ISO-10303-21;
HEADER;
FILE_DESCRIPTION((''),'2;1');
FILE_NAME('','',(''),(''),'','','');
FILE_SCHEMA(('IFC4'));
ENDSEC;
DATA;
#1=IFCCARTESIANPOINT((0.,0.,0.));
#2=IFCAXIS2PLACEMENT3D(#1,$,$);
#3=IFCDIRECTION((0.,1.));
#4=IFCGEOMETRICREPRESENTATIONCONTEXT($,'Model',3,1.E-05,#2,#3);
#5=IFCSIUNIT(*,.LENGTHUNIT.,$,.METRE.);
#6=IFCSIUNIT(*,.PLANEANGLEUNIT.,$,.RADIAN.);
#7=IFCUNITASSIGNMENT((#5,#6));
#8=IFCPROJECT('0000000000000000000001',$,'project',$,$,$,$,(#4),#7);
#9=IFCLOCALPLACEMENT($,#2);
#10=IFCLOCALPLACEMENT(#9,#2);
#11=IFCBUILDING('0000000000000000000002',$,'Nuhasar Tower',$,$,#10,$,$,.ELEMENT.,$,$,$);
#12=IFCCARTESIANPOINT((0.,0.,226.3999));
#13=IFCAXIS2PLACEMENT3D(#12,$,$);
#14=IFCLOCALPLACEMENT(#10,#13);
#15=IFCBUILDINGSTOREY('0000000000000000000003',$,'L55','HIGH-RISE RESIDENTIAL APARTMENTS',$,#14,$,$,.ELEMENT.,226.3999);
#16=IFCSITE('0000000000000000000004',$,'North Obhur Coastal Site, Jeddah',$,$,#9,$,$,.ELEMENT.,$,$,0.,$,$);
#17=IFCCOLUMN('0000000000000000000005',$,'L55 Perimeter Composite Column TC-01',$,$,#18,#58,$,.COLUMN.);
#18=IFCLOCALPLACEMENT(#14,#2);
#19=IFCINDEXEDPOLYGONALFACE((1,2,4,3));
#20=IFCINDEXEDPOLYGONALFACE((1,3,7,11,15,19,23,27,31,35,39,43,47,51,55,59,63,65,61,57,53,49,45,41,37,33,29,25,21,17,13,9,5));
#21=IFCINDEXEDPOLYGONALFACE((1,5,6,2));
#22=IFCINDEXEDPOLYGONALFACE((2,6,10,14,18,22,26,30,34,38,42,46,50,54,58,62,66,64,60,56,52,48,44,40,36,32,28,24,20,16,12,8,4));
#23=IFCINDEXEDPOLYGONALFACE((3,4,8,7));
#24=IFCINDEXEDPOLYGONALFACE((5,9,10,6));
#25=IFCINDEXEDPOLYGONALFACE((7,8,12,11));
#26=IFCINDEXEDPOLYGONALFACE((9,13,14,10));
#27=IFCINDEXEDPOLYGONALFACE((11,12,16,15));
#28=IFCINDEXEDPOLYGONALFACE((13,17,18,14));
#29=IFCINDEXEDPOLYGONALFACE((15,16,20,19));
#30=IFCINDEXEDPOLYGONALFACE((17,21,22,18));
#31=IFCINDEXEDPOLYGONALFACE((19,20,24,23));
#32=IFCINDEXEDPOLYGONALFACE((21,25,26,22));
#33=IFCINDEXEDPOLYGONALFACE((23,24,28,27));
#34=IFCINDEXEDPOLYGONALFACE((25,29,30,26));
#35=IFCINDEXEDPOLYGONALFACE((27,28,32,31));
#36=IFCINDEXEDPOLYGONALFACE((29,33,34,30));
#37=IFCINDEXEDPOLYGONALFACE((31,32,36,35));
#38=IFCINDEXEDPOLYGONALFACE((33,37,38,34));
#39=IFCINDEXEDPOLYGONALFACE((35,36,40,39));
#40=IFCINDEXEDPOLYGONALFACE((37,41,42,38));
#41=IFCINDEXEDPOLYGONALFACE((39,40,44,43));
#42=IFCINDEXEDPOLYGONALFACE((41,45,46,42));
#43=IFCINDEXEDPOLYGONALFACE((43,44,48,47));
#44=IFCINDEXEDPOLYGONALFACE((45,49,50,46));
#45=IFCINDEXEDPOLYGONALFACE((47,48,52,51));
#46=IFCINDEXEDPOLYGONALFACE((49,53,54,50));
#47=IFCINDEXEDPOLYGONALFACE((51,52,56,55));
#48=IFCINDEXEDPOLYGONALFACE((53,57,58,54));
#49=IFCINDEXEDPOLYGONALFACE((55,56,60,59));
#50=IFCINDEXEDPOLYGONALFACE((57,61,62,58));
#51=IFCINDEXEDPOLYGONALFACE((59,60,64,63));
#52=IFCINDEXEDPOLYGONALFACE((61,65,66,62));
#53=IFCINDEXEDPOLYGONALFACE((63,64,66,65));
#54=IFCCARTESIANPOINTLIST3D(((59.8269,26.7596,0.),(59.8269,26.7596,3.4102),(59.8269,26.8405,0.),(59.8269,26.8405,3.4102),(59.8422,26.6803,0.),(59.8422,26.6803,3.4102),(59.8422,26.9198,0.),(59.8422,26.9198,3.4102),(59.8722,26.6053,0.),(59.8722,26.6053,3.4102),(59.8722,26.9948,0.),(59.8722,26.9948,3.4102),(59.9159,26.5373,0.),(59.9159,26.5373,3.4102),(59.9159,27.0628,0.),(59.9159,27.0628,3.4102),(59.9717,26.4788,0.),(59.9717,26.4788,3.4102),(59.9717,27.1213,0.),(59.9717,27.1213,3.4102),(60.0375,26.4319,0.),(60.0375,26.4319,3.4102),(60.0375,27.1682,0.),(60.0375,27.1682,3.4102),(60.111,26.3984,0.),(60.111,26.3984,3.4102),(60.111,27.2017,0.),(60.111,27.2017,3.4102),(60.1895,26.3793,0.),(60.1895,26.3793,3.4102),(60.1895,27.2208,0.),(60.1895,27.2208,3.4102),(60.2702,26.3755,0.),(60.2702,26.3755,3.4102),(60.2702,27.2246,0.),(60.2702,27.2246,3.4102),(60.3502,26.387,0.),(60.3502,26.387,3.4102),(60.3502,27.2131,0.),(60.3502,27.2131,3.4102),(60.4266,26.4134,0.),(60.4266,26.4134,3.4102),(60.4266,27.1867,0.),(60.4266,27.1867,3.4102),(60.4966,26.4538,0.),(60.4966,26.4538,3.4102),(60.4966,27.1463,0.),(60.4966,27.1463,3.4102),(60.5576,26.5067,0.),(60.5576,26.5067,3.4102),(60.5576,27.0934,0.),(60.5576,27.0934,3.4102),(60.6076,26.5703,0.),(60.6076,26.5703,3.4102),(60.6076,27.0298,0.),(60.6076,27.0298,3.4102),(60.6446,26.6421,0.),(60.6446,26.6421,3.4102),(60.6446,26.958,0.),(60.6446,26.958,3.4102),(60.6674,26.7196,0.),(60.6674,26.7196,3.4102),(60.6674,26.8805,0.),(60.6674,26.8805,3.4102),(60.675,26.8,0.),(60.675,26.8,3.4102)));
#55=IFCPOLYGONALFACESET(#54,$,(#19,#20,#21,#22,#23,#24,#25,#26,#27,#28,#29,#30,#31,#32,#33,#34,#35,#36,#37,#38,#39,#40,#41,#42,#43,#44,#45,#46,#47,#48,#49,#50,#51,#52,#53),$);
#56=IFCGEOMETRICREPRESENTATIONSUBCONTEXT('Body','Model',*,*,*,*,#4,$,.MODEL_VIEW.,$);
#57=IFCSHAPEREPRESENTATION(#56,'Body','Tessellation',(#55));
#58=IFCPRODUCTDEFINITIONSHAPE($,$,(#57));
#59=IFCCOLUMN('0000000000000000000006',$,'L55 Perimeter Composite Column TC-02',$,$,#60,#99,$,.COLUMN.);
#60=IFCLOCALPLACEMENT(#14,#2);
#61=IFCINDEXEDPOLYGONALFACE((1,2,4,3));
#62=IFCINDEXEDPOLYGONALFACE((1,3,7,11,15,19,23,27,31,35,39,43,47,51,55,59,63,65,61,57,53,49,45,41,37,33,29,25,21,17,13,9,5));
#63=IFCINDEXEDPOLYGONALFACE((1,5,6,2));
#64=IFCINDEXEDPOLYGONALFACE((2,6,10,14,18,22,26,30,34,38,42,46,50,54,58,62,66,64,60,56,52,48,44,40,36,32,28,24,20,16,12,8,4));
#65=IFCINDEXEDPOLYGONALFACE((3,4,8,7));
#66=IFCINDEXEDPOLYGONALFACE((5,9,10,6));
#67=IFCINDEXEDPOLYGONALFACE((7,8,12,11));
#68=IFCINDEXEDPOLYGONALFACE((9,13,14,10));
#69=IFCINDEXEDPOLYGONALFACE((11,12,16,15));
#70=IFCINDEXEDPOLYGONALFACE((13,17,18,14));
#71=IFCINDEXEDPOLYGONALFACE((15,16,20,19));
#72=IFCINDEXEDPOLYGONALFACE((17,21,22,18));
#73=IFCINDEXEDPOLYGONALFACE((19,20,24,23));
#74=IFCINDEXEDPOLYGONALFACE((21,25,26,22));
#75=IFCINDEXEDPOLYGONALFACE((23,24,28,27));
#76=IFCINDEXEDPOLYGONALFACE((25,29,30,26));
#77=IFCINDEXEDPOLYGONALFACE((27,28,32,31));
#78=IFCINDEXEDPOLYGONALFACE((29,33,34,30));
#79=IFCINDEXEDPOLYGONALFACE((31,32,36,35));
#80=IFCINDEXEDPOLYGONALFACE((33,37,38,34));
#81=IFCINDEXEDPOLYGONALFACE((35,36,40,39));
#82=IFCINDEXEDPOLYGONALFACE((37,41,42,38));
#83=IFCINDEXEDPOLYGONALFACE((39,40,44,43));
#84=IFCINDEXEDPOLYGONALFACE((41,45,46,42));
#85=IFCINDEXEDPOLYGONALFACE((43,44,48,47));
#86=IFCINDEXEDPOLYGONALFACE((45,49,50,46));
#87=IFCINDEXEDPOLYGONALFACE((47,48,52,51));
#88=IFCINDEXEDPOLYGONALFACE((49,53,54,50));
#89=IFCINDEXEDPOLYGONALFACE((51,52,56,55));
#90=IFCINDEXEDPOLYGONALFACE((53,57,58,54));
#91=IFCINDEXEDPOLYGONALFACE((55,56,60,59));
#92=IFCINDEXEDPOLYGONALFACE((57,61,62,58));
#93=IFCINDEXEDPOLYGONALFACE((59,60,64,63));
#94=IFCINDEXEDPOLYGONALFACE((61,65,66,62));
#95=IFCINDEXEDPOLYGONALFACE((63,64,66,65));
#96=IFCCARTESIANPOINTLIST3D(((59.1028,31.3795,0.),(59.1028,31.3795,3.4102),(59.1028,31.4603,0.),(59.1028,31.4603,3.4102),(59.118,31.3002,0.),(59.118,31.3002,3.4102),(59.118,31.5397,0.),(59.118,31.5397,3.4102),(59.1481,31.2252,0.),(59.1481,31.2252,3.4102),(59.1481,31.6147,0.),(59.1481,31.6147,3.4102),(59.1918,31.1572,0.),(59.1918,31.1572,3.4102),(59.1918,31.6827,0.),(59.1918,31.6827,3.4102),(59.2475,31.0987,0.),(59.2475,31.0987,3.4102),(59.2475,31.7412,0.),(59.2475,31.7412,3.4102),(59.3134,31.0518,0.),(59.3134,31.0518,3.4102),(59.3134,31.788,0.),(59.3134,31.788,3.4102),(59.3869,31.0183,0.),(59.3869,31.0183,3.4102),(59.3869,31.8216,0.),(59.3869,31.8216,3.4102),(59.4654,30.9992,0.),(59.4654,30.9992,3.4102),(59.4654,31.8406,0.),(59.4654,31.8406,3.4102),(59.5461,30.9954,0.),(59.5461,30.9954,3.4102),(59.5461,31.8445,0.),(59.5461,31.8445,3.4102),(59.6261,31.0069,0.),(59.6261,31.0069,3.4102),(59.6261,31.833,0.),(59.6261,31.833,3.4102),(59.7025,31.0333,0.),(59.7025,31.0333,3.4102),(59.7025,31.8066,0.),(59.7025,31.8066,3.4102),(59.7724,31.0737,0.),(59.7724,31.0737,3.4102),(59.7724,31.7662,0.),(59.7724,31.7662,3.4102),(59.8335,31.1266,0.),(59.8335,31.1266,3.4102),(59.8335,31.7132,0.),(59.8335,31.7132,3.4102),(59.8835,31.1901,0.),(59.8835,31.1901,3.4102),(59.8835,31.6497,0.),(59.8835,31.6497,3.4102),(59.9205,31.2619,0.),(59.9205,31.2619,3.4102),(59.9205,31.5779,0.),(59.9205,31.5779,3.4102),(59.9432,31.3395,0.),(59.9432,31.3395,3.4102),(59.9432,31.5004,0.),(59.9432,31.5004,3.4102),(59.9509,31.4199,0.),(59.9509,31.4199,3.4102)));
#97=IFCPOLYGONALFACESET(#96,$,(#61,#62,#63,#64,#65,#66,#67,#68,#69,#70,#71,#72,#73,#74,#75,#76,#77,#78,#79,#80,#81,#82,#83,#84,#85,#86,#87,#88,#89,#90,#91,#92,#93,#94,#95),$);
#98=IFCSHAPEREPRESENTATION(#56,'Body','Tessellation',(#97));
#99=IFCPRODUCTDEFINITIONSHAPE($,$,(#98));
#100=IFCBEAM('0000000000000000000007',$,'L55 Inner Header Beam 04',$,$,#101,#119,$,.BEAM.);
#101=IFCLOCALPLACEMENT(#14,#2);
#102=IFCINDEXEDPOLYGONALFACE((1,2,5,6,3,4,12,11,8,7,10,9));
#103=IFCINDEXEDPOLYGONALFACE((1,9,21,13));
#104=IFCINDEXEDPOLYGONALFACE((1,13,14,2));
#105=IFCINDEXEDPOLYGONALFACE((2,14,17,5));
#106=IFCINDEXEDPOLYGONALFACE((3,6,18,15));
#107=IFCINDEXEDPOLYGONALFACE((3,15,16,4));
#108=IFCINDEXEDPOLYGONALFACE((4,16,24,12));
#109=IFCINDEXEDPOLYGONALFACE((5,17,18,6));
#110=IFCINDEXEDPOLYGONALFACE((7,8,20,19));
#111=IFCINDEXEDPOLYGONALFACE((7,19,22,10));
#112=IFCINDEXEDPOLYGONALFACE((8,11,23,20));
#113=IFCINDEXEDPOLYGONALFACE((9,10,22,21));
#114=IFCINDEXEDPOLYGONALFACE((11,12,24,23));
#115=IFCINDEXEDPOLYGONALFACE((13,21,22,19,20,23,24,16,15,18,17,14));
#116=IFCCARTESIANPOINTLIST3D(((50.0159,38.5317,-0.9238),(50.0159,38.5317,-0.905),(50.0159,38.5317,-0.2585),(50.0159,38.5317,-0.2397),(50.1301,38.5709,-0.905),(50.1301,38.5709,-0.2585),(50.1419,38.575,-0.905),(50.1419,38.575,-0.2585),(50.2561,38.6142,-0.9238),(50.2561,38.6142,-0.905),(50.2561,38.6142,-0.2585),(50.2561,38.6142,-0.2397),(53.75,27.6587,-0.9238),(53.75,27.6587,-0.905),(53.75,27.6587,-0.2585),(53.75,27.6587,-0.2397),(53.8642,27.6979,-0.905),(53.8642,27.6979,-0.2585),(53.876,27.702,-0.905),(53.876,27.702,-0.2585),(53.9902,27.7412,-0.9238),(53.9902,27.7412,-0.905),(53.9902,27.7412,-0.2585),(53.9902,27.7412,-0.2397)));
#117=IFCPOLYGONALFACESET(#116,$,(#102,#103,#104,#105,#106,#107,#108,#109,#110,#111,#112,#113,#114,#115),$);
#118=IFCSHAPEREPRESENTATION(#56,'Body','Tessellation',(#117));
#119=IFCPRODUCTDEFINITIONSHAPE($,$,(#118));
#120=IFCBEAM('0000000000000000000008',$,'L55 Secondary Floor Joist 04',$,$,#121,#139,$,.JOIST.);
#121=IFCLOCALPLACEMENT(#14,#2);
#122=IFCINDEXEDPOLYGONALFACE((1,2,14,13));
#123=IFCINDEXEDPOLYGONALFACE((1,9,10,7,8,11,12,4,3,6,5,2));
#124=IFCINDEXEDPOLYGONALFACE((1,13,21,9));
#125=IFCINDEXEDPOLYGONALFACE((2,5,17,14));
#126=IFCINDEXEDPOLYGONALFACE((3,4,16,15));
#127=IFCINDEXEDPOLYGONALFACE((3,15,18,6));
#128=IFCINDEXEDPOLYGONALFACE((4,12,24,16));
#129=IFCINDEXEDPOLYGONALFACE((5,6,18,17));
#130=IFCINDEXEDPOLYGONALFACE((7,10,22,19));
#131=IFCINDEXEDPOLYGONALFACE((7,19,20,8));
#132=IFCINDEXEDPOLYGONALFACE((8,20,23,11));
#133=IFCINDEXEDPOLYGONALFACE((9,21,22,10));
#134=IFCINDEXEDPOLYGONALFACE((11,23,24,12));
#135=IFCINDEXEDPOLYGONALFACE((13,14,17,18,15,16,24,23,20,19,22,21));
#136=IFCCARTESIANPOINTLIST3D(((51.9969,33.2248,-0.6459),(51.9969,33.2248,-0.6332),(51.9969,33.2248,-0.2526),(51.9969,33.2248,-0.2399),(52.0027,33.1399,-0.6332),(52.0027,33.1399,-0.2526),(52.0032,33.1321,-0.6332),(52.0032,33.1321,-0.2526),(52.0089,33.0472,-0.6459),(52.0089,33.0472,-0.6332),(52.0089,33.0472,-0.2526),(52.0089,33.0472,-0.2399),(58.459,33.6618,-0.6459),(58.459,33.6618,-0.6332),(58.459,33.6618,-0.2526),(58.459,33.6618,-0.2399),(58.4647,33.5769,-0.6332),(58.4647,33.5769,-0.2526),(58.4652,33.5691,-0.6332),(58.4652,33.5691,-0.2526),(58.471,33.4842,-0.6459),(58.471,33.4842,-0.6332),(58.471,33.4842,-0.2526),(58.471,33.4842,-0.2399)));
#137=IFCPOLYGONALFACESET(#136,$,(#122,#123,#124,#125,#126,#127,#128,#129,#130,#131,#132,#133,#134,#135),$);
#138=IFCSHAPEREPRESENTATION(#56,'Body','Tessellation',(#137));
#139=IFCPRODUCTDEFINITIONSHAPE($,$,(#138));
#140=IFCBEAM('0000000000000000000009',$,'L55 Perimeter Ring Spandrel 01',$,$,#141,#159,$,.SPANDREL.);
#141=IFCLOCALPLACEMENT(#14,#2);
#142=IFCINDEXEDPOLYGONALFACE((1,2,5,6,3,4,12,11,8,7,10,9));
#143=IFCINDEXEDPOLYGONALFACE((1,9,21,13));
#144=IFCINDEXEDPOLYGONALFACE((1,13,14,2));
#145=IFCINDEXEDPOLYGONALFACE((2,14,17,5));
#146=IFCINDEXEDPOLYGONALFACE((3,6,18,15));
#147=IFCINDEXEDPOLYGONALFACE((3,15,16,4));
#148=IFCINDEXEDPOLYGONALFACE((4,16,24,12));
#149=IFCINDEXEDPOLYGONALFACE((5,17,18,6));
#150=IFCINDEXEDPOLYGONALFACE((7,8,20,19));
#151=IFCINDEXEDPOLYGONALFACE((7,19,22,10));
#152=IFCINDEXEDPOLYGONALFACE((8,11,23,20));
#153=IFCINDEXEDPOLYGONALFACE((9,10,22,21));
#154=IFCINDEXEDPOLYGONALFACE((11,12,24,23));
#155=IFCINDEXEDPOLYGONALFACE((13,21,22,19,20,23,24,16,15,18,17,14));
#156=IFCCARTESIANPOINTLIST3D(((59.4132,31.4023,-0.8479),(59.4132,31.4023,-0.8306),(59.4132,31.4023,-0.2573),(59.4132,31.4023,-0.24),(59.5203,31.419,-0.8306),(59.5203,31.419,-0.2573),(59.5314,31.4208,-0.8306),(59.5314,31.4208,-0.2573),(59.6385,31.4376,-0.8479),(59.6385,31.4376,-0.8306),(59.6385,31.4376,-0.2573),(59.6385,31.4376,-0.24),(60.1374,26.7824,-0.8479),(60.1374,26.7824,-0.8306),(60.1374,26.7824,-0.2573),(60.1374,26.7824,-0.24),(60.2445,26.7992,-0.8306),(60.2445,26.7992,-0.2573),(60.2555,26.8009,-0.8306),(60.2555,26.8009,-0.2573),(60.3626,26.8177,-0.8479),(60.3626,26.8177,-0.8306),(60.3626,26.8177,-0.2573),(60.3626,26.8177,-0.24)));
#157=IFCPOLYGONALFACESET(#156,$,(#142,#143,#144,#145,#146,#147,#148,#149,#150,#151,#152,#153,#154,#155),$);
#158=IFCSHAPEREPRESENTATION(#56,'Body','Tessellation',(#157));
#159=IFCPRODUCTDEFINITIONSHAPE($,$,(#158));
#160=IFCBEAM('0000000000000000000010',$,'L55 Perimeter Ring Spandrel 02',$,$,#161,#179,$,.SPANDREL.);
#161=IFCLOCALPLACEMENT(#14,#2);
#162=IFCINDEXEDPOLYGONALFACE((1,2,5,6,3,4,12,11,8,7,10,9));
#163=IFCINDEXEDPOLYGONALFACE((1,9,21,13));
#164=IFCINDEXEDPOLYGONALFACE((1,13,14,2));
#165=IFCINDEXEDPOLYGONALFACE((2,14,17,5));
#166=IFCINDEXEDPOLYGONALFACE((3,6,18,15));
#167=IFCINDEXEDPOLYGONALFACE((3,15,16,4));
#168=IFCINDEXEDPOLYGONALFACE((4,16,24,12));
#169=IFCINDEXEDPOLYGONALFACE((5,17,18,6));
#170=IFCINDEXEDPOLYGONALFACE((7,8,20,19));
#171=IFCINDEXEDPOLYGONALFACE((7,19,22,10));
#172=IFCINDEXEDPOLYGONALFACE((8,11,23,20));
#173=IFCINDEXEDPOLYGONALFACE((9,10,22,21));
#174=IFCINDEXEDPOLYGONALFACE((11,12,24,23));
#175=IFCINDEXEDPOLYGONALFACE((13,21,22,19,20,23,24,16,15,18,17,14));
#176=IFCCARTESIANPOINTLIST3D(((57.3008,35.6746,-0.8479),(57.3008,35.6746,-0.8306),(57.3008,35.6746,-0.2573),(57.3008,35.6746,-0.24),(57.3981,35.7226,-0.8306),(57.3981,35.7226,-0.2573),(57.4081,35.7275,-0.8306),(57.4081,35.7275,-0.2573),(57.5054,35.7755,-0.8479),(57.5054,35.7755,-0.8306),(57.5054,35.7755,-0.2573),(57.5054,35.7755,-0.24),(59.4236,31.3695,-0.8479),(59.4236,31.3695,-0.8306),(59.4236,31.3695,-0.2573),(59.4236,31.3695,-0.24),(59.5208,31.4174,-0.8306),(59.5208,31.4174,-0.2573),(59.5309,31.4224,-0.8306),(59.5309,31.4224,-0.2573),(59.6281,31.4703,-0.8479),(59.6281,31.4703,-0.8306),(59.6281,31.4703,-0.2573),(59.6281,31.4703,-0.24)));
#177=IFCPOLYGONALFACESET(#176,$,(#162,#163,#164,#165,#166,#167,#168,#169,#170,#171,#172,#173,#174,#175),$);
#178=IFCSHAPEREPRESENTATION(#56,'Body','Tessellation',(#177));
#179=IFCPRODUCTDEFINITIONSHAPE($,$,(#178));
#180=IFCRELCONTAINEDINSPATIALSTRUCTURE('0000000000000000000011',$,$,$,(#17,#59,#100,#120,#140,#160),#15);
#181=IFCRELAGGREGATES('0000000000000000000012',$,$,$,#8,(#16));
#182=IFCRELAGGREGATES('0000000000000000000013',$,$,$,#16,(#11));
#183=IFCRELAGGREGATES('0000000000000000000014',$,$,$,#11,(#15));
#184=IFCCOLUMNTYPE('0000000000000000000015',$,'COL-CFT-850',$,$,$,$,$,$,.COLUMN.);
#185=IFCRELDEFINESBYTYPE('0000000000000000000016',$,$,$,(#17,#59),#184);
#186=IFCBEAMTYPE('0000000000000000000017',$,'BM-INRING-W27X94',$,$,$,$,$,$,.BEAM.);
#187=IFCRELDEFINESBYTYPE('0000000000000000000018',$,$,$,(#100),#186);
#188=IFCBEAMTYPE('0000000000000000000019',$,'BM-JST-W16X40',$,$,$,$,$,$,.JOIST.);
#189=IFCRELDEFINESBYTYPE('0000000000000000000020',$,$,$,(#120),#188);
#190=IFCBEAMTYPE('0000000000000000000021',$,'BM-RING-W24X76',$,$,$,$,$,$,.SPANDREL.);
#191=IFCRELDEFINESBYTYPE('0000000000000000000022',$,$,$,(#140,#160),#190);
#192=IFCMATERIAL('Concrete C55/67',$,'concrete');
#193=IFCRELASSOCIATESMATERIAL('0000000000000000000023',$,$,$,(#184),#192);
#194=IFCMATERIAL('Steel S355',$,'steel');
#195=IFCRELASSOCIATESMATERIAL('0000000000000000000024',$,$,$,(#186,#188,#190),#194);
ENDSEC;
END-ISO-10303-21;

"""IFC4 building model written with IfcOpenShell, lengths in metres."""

from ifc_helpers import new_model, si_unit, direction, frame, origin, origin_2d, place, context, subcontext, project, spatial, circle, i_section, extrude, material, material_profile, profile_set, type_object, element, save


model = new_model("IFC4")

# Units and contexts
model_context = context("Model", 3, precision=1e-05, world=origin(), true_north=direction((0.0, 1.0)))
body_context = subcontext(model_context, "Body", "Model", "MODEL_VIEW")
ifc_project = project(units=[si_unit("LENGTHUNIT", "METRE"), si_unit("PLANEANGLEUNIT", "RADIAN")], contexts=[model_context])

# Site, building, storey
site_placement = place(None, origin())
site = spatial("IfcSite", under=ifc_project, at=site_placement, Name="North Obhur Coastal Site, Jeddah", CompositionType="ELEMENT", RefElevation=0.0)
building_placement = place(site_placement, origin())
building = spatial("IfcBuilding", under=site, at=building_placement, Name="Nuhasar Tower", CompositionType="ELEMENT")
storey_placement = place(building_placement, frame((0.0, 0.0, 226.3999)))
storey = spatial("IfcBuildingStorey", under=building, at=storey_placement, Name="L55", Description="HIGH-RISE RESIDENTIAL APARTMENTS", CompositionType="ELEMENT", Elevation=226.3999)

# Columns
ifc_material_1 = material(Name="Concrete C55/67", Category="concrete")
ifc_material_profile_1 = material_profile(ifc_material_1, circle(Radius=0.425, at=origin_2d()), Name="CFT850")
ifc_profile_set_1 = profile_set([ifc_material_profile_1], Name="Concrete C55/67")
column_type = type_object("IfcColumnType", Name="COL-CFT-850", PredefinedType="COLUMN", material=ifc_profile_set_1)
for number, where, z_axis, x_axis, name in (
    (1, (60.25, 26.8, 0.0), (0.0, 0.0, 1.0), (1.0, 0.0, 0.0), "L55 Perimeter Composite Column TC-01"),
    (2, (59.5259, 31.4199, 0.0), (0.0, 0.0, 1.0), (1.0, 0.0, 0.0), "L55 Perimeter Composite Column TC-02"),
):
    element("IfcColumn", number, at=place(storey_placement, frame(where, z_axis=z_axis, x_axis=x_axis)), inside=storey, type_object=column_type, Name=name, PredefinedType="COLUMN", context=body_context, shape_type="SweptSolid", body=[
        extrude(circle(Radius=0.425, at=origin_2d()), origin(), (0.0, 0.0, 1.0), 3.4102),
    ])

# Beams
ifc_material_2 = material(Name="Steel S355", Category="steel")
ifc_material_profile_2 = material_profile(ifc_material_2, i_section(OverallWidth=0.2539, OverallDepth=0.6841, WebThickness=0.0125, FlangeThickness=0.0188, at=origin_2d()), Name="W27X94")
ifc_profile_set_2 = profile_set([ifc_material_profile_2], Name="Steel S355")
beam_type_1 = type_object("IfcBeamType", Name="BM-INRING-W27X94", PredefinedType="BEAM", material=ifc_profile_set_2)
beam_1_placement = place(storey_placement, frame((53.8701, 27.7, -0.5818), z_axis=(-0.324809, 0.94578, 0.0), x_axis=(-0.94578, -0.324809, 0.0)))
element("IfcBeam", 3, at=beam_1_placement, inside=storey, type_object=beam_type_1, Name="L55 Inner Header Beam 04", PredefinedType="BEAM", context=body_context, shape_type="SweptSolid", body=[
    extrude(i_section(OverallWidth=0.2539, OverallDepth=0.6841, WebThickness=0.0125, FlangeThickness=0.0188, at=origin_2d()), origin(), (0.0, 0.0, 1.0), 11.4963),
])
ifc_material_profile_3 = material_profile(ifc_material_2, i_section(OverallWidth=0.178, OverallDepth=0.406, WebThickness=0.0078, FlangeThickness=0.0127, at=origin_2d()), Name="W16X40")
ifc_profile_set_3 = profile_set([ifc_material_profile_3], Name="Steel S355")
beam_type_2 = type_object("IfcBeamType", Name="BM-JST-W16X40", PredefinedType="JOIST", material=ifc_profile_set_3)
beam_2_placement = place(storey_placement, frame((52.0029, 33.136, -0.4429), z_axis=(0.997721, 0.067472, 0.0), x_axis=(-0.067472, 0.997721, 0.0)))
element("IfcBeam", 4, at=beam_2_placement, inside=storey, type_object=beam_type_2, Name="L55 Secondary Floor Joist 04", PredefinedType="JOIST", context=body_context, shape_type="SweptSolid", body=[
    extrude(i_section(OverallWidth=0.178, OverallDepth=0.406, WebThickness=0.0078, FlangeThickness=0.0127, at=origin_2d()), origin(), (0.0, 0.0, 1.0), 6.4768),
])
ifc_material_profile_4 = material_profile(ifc_material_2, i_section(OverallWidth=0.228, OverallDepth=0.6079, WebThickness=0.0112, FlangeThickness=0.0173, at=origin_2d()), Name="W24X76")
ifc_profile_set_4 = profile_set([ifc_material_profile_4], Name="Steel S355")
beam_type_3 = type_object("IfcBeamType", Name="BM-RING-W24X76", PredefinedType="SPANDREL", material=ifc_profile_set_4)
beam_3_placement = place(storey_placement, frame((60.25, 26.8, -0.5439), z_axis=(-0.15485, 0.987938, 0.0), x_axis=(-0.987938, -0.15485, 0.0)))
element("IfcBeam", 5, at=beam_3_placement, inside=storey, type_object=beam_type_3, Name="L55 Perimeter Ring Spandrel 01", PredefinedType="SPANDREL", context=body_context, shape_type="SweptSolid", body=[
    extrude(i_section(OverallWidth=0.228, OverallDepth=0.6079, WebThickness=0.0112, FlangeThickness=0.0173, at=origin_2d()), origin(), (0.0, 0.0, 1.0), 4.6763),
])
beam_4_placement = place(storey_placement, frame((59.5259, 31.4199, -0.5439), z_axis=(-0.442243, 0.896895, 0.0), x_axis=(-0.896895, -0.442243, 0.0)))
element("IfcBeam", 6, at=beam_4_placement, inside=storey, type_object=beam_type_3, Name="L55 Perimeter Ring Spandrel 02", PredefinedType="SPANDREL", context=body_context, shape_type="SweptSolid", body=[
    extrude(i_section(OverallWidth=0.228, OverallDepth=0.6079, WebThickness=0.0112, FlangeThickness=0.0173, at=origin_2d()), origin(), (0.0, 0.0, 1.0), 4.8),
])

save(model, "model.ifc")
